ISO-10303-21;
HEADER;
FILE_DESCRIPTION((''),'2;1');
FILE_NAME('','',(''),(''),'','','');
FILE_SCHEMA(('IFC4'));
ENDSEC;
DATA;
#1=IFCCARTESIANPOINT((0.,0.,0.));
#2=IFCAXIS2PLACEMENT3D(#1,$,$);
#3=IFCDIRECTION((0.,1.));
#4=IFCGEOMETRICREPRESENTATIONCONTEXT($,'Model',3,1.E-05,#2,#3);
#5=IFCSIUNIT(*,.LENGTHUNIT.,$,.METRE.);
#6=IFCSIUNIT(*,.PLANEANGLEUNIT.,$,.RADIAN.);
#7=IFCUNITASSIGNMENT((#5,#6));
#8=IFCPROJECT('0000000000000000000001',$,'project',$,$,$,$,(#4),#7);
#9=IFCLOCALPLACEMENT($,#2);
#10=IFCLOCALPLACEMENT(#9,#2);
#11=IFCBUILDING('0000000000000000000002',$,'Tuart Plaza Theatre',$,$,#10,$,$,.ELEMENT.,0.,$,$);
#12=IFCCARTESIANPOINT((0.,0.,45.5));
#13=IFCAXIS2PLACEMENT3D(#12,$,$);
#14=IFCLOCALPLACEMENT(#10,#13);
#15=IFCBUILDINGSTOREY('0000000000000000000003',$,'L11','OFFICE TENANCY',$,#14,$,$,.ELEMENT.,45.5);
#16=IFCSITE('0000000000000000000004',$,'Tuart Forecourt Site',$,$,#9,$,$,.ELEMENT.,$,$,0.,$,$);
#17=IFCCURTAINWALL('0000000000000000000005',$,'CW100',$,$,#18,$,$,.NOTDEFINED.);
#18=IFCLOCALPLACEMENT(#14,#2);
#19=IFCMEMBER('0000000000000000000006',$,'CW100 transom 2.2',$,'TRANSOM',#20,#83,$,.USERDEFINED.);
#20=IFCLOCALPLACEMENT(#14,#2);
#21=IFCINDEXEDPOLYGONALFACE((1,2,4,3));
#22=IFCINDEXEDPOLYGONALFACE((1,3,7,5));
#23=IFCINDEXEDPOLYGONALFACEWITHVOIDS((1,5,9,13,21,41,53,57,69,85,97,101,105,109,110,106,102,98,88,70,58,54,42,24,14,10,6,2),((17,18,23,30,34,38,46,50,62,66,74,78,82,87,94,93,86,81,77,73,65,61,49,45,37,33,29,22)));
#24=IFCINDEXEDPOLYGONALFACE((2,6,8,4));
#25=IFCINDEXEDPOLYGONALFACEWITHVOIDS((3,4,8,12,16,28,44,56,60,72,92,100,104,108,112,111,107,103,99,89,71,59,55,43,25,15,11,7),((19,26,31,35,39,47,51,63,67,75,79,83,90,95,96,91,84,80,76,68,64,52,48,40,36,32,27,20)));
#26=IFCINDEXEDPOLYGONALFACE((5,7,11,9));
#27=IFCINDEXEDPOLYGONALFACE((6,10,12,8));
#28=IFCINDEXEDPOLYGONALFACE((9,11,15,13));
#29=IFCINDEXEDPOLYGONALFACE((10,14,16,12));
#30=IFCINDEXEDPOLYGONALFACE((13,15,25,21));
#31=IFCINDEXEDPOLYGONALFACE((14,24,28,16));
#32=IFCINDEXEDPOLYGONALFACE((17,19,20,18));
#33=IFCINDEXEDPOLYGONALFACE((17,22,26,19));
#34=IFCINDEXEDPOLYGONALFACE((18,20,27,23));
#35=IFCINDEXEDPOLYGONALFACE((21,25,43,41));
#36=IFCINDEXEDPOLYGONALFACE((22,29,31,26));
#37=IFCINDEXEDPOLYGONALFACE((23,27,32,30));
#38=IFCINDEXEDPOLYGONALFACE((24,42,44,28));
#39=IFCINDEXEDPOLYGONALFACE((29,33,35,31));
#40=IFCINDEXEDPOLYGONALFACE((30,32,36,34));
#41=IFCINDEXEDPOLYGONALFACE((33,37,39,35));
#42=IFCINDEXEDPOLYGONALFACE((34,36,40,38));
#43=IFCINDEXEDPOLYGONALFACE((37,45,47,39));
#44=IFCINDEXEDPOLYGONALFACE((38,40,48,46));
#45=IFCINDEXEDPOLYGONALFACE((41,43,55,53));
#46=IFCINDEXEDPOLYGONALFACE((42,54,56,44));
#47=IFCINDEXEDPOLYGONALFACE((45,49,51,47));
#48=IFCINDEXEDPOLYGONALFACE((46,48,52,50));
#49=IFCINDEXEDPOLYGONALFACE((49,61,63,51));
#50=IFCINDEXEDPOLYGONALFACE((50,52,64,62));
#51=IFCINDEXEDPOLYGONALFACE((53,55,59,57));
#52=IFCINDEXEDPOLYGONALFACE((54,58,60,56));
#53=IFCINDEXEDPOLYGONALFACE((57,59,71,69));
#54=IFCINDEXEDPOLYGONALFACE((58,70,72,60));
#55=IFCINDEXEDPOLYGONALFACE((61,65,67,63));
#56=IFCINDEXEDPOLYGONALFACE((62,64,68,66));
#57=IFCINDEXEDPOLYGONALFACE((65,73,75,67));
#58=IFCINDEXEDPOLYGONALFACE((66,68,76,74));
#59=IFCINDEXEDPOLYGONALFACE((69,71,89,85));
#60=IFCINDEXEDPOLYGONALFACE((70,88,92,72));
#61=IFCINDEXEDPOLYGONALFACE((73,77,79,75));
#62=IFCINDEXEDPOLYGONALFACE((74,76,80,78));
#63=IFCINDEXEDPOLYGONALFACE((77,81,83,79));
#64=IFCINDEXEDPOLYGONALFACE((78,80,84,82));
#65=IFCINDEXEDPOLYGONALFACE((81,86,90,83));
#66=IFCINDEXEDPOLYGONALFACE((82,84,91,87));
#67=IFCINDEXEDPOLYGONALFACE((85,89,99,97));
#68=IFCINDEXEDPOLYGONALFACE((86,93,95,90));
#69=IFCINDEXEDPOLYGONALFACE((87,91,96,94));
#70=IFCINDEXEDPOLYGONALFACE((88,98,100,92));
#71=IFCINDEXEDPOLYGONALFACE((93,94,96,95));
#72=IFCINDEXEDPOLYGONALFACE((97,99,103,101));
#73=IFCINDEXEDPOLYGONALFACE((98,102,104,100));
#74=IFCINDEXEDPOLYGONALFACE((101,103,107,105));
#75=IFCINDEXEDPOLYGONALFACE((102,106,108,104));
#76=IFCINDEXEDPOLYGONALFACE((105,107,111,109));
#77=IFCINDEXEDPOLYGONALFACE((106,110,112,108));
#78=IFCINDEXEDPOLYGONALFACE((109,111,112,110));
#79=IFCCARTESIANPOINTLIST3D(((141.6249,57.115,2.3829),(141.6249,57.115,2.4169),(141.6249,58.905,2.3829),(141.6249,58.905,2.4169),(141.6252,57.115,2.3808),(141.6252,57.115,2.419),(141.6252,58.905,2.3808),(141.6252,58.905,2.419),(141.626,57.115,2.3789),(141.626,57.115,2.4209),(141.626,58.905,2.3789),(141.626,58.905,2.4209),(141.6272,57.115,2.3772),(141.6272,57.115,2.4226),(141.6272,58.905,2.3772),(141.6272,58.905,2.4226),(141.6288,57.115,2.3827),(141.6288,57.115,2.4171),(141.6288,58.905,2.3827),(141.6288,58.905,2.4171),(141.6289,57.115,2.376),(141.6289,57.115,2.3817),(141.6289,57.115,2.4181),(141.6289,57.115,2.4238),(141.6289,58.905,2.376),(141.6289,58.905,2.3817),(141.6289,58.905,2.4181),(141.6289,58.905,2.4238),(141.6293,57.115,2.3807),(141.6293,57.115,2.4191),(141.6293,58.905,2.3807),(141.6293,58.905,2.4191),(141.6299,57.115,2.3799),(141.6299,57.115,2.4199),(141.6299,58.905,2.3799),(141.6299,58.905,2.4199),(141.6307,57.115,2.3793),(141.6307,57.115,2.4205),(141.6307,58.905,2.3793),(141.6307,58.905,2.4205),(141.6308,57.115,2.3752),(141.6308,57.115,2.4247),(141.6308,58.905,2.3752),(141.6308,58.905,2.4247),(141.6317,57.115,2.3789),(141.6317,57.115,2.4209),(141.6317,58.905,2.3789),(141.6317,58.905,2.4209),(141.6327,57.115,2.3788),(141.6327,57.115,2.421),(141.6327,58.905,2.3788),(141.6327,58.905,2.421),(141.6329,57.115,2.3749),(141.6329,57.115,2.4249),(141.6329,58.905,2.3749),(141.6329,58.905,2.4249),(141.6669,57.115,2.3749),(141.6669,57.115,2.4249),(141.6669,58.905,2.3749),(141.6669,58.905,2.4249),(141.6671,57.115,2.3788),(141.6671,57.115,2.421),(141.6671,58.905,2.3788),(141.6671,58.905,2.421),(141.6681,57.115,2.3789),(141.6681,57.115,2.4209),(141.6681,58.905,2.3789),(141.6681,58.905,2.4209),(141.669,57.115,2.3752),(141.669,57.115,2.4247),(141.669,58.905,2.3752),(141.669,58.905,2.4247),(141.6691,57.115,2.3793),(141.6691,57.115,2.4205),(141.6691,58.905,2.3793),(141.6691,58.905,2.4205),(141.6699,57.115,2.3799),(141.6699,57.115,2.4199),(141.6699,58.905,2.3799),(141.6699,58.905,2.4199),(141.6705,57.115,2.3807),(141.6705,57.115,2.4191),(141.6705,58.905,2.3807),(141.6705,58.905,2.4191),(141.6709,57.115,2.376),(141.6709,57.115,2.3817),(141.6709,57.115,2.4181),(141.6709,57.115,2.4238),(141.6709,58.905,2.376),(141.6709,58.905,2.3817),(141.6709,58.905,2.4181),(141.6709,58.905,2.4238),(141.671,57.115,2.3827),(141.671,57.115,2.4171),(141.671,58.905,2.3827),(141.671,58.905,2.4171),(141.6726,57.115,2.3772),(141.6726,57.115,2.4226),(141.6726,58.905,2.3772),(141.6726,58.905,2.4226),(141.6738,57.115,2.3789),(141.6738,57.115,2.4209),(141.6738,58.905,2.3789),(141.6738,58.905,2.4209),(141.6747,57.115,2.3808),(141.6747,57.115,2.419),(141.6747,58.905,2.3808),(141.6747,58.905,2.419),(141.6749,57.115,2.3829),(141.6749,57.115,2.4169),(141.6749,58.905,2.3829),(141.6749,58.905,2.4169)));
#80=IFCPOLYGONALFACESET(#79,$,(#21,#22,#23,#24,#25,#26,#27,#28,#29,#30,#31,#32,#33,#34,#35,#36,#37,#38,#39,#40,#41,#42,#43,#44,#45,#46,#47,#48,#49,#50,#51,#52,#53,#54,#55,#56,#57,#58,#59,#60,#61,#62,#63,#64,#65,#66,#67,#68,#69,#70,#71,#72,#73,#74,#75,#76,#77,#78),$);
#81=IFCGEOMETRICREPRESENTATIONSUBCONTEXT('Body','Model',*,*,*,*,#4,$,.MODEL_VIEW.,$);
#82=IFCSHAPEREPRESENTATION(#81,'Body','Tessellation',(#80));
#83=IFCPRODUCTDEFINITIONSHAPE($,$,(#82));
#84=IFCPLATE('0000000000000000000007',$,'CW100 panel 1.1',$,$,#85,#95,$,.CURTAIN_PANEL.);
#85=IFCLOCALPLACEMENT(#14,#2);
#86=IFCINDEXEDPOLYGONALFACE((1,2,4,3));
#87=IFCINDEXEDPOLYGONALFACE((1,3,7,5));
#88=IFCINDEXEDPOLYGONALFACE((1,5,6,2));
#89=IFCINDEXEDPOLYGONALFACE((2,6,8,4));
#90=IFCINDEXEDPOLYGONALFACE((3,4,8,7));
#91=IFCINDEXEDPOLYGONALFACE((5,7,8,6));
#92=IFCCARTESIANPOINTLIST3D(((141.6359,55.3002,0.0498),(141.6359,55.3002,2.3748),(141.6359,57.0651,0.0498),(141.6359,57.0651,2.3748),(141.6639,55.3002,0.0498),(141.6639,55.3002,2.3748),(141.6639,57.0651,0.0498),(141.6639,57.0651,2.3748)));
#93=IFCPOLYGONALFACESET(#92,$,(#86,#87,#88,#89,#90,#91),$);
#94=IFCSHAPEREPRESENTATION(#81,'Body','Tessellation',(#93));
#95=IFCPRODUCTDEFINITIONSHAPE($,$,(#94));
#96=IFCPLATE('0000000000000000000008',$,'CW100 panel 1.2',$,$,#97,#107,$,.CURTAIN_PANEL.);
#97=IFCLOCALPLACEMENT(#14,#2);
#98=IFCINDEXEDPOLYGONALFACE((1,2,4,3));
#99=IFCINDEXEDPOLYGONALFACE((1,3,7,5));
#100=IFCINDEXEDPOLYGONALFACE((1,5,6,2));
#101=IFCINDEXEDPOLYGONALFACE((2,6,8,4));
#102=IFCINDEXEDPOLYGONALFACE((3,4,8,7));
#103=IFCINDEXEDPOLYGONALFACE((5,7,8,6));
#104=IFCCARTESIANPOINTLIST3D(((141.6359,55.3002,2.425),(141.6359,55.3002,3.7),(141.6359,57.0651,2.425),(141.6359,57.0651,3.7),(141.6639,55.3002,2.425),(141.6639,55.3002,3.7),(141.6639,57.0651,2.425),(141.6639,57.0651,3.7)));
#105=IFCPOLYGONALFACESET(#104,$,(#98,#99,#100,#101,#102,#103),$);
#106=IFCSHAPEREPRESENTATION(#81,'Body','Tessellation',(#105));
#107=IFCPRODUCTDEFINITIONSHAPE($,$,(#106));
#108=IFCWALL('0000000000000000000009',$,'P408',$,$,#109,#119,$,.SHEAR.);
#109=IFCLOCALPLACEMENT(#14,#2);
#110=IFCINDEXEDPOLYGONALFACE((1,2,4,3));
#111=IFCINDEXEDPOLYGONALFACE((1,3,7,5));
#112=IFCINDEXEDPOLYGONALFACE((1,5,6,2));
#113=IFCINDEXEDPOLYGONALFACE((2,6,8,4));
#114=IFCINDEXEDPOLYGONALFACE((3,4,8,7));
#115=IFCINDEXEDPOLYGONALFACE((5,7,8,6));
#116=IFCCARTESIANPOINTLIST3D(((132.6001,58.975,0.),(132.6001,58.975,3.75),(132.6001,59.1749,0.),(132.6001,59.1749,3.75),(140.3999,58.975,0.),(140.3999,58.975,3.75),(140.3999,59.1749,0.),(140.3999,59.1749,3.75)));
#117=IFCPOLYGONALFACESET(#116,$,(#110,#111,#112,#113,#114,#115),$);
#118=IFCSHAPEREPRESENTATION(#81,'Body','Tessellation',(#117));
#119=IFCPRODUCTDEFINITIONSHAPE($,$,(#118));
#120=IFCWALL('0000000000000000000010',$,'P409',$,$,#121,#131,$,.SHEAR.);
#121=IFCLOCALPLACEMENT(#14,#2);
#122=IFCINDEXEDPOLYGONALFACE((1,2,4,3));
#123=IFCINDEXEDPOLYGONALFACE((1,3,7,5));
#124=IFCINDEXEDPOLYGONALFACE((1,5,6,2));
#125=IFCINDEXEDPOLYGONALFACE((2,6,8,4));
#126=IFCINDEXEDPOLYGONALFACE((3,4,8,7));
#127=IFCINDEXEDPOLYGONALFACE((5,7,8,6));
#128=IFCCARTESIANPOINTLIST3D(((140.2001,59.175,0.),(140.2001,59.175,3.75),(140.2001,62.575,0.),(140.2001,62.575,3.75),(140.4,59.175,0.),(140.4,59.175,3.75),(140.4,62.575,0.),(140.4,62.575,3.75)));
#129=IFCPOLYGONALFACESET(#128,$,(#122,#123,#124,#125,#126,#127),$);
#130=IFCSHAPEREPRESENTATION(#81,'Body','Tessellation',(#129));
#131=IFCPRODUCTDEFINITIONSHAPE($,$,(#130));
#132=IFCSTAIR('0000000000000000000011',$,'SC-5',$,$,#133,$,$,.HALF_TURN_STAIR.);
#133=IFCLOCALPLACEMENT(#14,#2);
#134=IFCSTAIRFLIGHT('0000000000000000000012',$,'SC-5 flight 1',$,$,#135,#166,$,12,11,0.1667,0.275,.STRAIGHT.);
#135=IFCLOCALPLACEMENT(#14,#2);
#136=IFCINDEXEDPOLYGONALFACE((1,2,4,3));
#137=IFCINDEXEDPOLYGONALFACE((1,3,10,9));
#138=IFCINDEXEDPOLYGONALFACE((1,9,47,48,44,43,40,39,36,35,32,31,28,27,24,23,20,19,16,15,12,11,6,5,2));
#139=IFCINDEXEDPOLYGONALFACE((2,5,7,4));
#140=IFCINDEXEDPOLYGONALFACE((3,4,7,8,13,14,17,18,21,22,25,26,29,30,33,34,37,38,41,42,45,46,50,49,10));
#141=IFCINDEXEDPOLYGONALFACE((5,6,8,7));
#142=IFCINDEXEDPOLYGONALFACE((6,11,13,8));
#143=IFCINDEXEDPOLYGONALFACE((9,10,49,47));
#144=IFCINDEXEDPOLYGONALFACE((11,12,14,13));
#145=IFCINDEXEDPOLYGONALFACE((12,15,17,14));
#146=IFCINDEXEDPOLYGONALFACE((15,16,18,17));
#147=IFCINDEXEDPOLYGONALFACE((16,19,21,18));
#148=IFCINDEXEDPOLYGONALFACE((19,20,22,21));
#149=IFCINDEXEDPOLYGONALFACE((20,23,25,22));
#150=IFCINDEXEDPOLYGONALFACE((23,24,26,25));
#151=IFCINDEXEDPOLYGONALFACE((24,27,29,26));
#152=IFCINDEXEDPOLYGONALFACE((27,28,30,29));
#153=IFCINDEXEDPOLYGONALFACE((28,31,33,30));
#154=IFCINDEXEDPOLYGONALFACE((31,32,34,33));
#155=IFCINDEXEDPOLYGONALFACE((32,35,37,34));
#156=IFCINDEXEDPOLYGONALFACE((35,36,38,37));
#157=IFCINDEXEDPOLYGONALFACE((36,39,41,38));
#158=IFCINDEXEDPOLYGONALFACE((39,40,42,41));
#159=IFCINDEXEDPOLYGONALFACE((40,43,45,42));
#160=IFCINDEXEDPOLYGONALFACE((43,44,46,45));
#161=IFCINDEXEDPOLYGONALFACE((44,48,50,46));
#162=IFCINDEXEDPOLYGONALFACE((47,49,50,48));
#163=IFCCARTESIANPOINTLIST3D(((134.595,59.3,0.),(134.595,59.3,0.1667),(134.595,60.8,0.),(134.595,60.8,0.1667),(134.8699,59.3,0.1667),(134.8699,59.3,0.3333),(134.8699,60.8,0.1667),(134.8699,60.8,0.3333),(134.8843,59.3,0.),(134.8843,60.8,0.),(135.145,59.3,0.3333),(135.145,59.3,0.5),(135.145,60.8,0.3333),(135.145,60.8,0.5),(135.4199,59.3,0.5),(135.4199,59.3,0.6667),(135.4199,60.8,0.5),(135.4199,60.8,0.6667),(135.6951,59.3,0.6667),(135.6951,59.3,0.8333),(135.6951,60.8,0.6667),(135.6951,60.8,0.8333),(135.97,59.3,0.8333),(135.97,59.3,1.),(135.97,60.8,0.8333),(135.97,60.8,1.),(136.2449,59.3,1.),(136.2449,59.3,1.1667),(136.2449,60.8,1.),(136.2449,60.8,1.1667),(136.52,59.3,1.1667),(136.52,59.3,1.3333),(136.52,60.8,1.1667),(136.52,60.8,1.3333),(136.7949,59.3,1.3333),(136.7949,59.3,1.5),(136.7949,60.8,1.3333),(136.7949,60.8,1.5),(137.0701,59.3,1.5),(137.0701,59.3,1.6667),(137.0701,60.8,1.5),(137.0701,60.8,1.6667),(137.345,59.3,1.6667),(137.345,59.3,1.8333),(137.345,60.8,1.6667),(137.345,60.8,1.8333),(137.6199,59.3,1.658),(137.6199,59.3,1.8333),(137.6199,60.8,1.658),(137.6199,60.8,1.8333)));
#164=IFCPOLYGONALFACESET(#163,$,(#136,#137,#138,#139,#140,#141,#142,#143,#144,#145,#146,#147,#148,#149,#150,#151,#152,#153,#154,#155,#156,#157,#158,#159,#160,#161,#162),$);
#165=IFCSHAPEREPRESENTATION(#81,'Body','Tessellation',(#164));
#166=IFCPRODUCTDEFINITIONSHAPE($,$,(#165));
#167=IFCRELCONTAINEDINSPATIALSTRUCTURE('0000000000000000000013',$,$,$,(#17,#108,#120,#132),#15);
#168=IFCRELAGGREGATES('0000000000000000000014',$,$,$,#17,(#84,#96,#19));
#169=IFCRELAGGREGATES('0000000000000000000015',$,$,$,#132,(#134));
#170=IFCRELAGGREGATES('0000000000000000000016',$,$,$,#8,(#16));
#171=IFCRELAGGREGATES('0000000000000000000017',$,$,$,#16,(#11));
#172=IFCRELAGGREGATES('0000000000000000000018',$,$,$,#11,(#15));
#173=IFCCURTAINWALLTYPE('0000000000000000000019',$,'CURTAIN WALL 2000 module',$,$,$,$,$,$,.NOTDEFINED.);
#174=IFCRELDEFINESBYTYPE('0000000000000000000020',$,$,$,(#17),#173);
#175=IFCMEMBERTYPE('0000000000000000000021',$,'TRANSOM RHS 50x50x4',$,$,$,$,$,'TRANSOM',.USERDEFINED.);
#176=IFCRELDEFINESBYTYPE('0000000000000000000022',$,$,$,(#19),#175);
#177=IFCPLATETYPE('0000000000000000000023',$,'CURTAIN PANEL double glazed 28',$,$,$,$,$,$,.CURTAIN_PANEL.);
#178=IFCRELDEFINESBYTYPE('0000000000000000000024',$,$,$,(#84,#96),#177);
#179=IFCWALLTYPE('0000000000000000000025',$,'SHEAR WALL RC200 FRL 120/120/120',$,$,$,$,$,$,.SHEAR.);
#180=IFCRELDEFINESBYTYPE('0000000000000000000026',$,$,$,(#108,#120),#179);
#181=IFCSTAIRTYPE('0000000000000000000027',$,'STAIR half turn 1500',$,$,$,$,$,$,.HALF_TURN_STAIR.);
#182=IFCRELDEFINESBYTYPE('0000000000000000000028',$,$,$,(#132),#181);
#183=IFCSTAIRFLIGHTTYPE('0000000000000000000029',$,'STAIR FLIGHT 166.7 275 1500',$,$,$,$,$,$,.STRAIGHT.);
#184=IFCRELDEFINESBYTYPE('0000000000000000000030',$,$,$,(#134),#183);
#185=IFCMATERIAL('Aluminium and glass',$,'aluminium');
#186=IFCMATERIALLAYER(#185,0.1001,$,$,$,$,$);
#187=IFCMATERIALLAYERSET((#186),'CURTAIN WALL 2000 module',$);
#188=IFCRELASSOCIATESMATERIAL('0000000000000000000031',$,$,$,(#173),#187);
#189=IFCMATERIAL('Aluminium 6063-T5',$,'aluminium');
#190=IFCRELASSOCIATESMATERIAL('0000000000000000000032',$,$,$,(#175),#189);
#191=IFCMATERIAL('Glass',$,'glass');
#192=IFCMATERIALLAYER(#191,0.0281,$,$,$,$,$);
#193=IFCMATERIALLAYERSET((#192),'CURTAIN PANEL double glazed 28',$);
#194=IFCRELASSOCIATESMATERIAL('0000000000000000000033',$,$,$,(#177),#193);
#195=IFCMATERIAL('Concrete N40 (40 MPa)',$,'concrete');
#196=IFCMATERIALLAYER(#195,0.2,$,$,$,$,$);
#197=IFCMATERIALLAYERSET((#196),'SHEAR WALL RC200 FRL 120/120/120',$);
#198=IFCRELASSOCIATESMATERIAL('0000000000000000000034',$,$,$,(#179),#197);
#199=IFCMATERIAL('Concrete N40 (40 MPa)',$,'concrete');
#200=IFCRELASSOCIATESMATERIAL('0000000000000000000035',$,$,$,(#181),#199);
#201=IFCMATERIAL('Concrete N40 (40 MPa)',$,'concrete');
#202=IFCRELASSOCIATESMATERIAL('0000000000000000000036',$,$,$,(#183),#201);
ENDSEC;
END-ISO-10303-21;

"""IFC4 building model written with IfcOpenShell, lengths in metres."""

from ifc_helpers import new_model, si_unit, direction, frame, frame_2d, origin, origin_2d, place, context, subcontext, project, spatial, polyline, rectangle, hollow_rectangle, outline, extrude, material, layer, layer_set, material_profile, profile_set, type_object, element, aggregate, save


model = new_model("IFC4")

# Units and contexts
model_context = context("Model", 3, precision=1e-05, world=origin(), true_north=direction((0.0, 1.0)))
body_context = subcontext(model_context, "Body", "Model", "MODEL_VIEW")
ifc_project = project(units=[si_unit("LENGTHUNIT", "METRE"), si_unit("PLANEANGLEUNIT", "RADIAN")], contexts=[model_context])

# Site, building, storey
site_placement = place(None, origin())
site = spatial("IfcSite", under=ifc_project, at=site_placement, Name="Tuart Forecourt Site", CompositionType="ELEMENT", RefElevation=0.0)
building_placement = place(site_placement, origin())
building = spatial("IfcBuilding", under=site, at=building_placement, Name="Tuart Plaza Theatre", CompositionType="ELEMENT", ElevationOfRefHeight=0.0)
storey_placement = place(building_placement, frame((0.0, 0.0, 45.5)))
storey = spatial("IfcBuildingStorey", under=building, at=storey_placement, Name="L11", Description="OFFICE TENANCY", CompositionType="ELEMENT", Elevation=45.5)

# Curtain wall, member, plates
ifc_material_1 = material(Name="Aluminium and glass", Category="aluminium")
ifc_layer_1 = layer(ifc_material_1, 0.1001)
ifc_layer_set_1 = layer_set([ifc_layer_1], Name="CURTAIN WALL 2000 module")
curtain_wall_type = type_object("IfcCurtainWallType", Name="CURTAIN WALL 2000 module", PredefinedType="NOTDEFINED", material=ifc_layer_set_1)
curtain_wall_placement = place(storey_placement, origin())
curtain_wall = element("IfcCurtainWall", 1, at=curtain_wall_placement, inside=storey, type_object=curtain_wall_type, Name="CW100", PredefinedType="NOTDEFINED")
ifc_material_2 = material(Name="Aluminium 6063-T5", Category="aluminium")
ifc_material_profile_1 = material_profile(ifc_material_2, hollow_rectangle(XDim=0.05, YDim=0.05, WallThickness=0.0039, InnerFilletRadius=0.0039, OuterFilletRadius=0.0081, at=origin_2d()), Name="RHS 50x50x4")
ifc_profile_set_1 = profile_set([ifc_material_profile_1], Name="Aluminium 6063-T5")
member_type_1 = type_object("IfcMemberType", Name="TRANSOM RHS 50x50x4", ElementType="TRANSOM", PredefinedType="USERDEFINED", material=ifc_profile_set_1)
member_1_placement = place(storey_placement, frame((141.6499, 57.115, 2.3999), z_axis=(0.0, 1.0, 0.0), x_axis=(-1.0, 0.0, 0.0)))
member_1 = element("IfcMember", 2, at=member_1_placement, type_object=member_type_1, Name="CW100 transom 2.2", ObjectType="TRANSOM", PredefinedType="USERDEFINED", context=body_context, shape_type="SweptSolid", body=[
    extrude(hollow_rectangle(XDim=0.05, YDim=0.05, WallThickness=0.0039, InnerFilletRadius=0.0039, OuterFilletRadius=0.0081, at=origin_2d()), origin(), (0.0, 0.0, 1.0), 1.79),
])
ifc_material_3 = material(Name="Glass", Category="glass")
ifc_layer_2 = layer(ifc_material_3, 0.0281)
ifc_layer_set_2 = layer_set([ifc_layer_2], Name="CURTAIN PANEL double glazed 28")
plate_type = type_object("IfcPlateType", Name="CURTAIN PANEL double glazed 28", PredefinedType="CURTAIN_PANEL", material=ifc_layer_set_2)
plate_1_placement = place(storey_placement, frame((141.6499, 56.1826, 0.0498), z_axis=(0.0, 0.0, 1.0), x_axis=(0.0, 1.0, 0.0)))
plate_1 = element("IfcPlate", 3, at=plate_1_placement, type_object=plate_type, Name="CW100 panel 1.1", PredefinedType="CURTAIN_PANEL", context=body_context, shape_type="SweptSolid", body=[
    extrude(rectangle(XDim=1.7649, YDim=0.0281, at=origin_2d()), origin(), (0.0, 0.0, 1.0), 2.325),
])
plate_2_placement = place(storey_placement, frame((141.6499, 56.1826, 2.425), z_axis=(0.0, 0.0, 1.0), x_axis=(0.0, 1.0, 0.0)))
plate_2 = element("IfcPlate", 4, at=plate_2_placement, type_object=plate_type, Name="CW100 panel 1.2", PredefinedType="CURTAIN_PANEL", context=body_context, shape_type="SweptSolid", body=[
    extrude(rectangle(XDim=1.7649, YDim=0.0281, at=origin_2d()), origin(), (0.0, 0.0, 1.0), 1.2749),
])
aggregate(curtain_wall, [plate_1, plate_2, member_1])

# Walls
ifc_material_4 = material(Name="Concrete N40 (40 MPa)", Category="concrete")
ifc_layer_3 = layer(ifc_material_4, 0.2)
ifc_layer_set_3 = layer_set([ifc_layer_3], Name="SHEAR WALL RC200 FRL 120/120/120")
wall_type = type_object("IfcWallType", Name="SHEAR WALL RC200 FRL 120/120/120", PredefinedType="SHEAR", material=ifc_layer_set_3)
wall_1_placement = place(storey_placement, frame((132.6001, 59.075, 0.0), z_axis=(0.0, 0.0, 1.0), x_axis=(1.0, 0.0, 0.0)))
element("IfcWall", 5, at=wall_1_placement, inside=storey, type_object=wall_type, Name="P408", PredefinedType="SHEAR", context=body_context, shape_type="SweptSolid", body=[
    extrude(rectangle(XDim=7.7998, YDim=0.2, at=frame_2d((3.8999, 0.0))), origin(), (0.0, 0.0, 1.0), 3.75),
])
wall_2_placement = place(storey_placement, frame((140.3, 59.175, 0.0), z_axis=(0.0, 0.0, 1.0), x_axis=(0.0, 1.0, 0.0)))
element("IfcWall", 6, at=wall_2_placement, inside=storey, type_object=wall_type, Name="P409", PredefinedType="SHEAR", context=body_context, shape_type="SweptSolid", body=[
    extrude(rectangle(XDim=3.3999, YDim=0.2, at=frame_2d((1.7, 0.0))), origin(), (0.0, 0.0, 1.0), 3.75),
])

# Stair, stair flight
ifc_material_5 = material(Name="Concrete N40 (40 MPa)", Category="concrete")
stair_type = type_object("IfcStairType", Name="STAIR half turn 1500", PredefinedType="HALF_TURN_STAIR", material=ifc_material_5)
stair_placement = place(storey_placement, origin())
stair = element("IfcStair", 7, at=stair_placement, inside=storey, type_object=stair_type, Name="SC-5", PredefinedType="HALF_TURN_STAIR")
ifc_material_6 = material(Name="Concrete N40 (40 MPa)", Category="concrete")
stair_flight_type = type_object("IfcStairFlightType", Name="STAIR FLIGHT 166.7 275 1500", PredefinedType="STRAIGHT", material=ifc_material_6)
stair_flight_1_placement = place(storey_placement, frame((134.595, 60.05, 0.0), z_axis=(0.0, 0.0, 1.0), x_axis=(1.0, 0.0, 0.0)))
stair_flight_1 = element("IfcStairFlight", 8, at=stair_flight_1_placement, type_object=stair_flight_type, Name="SC-5 flight 1", NumberOfRisers=12, NumberOfTreads=11, PredefinedType="STRAIGHT", RiserHeight=0.1667, TreadLength=0.275, context=body_context, shape_type="SweptSolid", body=[
    extrude(outline(polyline([(0.0, 0.0), (0.0, 0.1667), (0.2749, 0.1667), (0.2749, 0.3333), (0.55, 0.3333), (0.55, 0.5), (0.825, 0.5), (0.825, 0.6667), (1.1001, 0.6667), (1.1001, 0.8333), (1.375, 0.8333), (1.375, 1.0), (1.6499, 1.0), (1.6499, 1.1667), (1.925, 1.1667), (1.925, 1.3333), (2.2, 1.3333), (2.2, 1.5), (2.4751, 1.5), (2.4751, 1.6667), (2.75, 1.6667), (2.75, 1.8333), (3.0249, 1.8333), (3.0249, 2.0), (3.0249, 1.658), (0.2893, 0.0), (0.0, 0.0)])), frame((0.0, 0.75, 0.0), z_axis=(0.0, -1.0, 0.0), x_axis=(1.0, 0.0, 0.0)), (0.0, 0.0, 1.0), 1.5),
])
aggregate(stair, [stair_flight_1])

save(model, "model.ifc")
